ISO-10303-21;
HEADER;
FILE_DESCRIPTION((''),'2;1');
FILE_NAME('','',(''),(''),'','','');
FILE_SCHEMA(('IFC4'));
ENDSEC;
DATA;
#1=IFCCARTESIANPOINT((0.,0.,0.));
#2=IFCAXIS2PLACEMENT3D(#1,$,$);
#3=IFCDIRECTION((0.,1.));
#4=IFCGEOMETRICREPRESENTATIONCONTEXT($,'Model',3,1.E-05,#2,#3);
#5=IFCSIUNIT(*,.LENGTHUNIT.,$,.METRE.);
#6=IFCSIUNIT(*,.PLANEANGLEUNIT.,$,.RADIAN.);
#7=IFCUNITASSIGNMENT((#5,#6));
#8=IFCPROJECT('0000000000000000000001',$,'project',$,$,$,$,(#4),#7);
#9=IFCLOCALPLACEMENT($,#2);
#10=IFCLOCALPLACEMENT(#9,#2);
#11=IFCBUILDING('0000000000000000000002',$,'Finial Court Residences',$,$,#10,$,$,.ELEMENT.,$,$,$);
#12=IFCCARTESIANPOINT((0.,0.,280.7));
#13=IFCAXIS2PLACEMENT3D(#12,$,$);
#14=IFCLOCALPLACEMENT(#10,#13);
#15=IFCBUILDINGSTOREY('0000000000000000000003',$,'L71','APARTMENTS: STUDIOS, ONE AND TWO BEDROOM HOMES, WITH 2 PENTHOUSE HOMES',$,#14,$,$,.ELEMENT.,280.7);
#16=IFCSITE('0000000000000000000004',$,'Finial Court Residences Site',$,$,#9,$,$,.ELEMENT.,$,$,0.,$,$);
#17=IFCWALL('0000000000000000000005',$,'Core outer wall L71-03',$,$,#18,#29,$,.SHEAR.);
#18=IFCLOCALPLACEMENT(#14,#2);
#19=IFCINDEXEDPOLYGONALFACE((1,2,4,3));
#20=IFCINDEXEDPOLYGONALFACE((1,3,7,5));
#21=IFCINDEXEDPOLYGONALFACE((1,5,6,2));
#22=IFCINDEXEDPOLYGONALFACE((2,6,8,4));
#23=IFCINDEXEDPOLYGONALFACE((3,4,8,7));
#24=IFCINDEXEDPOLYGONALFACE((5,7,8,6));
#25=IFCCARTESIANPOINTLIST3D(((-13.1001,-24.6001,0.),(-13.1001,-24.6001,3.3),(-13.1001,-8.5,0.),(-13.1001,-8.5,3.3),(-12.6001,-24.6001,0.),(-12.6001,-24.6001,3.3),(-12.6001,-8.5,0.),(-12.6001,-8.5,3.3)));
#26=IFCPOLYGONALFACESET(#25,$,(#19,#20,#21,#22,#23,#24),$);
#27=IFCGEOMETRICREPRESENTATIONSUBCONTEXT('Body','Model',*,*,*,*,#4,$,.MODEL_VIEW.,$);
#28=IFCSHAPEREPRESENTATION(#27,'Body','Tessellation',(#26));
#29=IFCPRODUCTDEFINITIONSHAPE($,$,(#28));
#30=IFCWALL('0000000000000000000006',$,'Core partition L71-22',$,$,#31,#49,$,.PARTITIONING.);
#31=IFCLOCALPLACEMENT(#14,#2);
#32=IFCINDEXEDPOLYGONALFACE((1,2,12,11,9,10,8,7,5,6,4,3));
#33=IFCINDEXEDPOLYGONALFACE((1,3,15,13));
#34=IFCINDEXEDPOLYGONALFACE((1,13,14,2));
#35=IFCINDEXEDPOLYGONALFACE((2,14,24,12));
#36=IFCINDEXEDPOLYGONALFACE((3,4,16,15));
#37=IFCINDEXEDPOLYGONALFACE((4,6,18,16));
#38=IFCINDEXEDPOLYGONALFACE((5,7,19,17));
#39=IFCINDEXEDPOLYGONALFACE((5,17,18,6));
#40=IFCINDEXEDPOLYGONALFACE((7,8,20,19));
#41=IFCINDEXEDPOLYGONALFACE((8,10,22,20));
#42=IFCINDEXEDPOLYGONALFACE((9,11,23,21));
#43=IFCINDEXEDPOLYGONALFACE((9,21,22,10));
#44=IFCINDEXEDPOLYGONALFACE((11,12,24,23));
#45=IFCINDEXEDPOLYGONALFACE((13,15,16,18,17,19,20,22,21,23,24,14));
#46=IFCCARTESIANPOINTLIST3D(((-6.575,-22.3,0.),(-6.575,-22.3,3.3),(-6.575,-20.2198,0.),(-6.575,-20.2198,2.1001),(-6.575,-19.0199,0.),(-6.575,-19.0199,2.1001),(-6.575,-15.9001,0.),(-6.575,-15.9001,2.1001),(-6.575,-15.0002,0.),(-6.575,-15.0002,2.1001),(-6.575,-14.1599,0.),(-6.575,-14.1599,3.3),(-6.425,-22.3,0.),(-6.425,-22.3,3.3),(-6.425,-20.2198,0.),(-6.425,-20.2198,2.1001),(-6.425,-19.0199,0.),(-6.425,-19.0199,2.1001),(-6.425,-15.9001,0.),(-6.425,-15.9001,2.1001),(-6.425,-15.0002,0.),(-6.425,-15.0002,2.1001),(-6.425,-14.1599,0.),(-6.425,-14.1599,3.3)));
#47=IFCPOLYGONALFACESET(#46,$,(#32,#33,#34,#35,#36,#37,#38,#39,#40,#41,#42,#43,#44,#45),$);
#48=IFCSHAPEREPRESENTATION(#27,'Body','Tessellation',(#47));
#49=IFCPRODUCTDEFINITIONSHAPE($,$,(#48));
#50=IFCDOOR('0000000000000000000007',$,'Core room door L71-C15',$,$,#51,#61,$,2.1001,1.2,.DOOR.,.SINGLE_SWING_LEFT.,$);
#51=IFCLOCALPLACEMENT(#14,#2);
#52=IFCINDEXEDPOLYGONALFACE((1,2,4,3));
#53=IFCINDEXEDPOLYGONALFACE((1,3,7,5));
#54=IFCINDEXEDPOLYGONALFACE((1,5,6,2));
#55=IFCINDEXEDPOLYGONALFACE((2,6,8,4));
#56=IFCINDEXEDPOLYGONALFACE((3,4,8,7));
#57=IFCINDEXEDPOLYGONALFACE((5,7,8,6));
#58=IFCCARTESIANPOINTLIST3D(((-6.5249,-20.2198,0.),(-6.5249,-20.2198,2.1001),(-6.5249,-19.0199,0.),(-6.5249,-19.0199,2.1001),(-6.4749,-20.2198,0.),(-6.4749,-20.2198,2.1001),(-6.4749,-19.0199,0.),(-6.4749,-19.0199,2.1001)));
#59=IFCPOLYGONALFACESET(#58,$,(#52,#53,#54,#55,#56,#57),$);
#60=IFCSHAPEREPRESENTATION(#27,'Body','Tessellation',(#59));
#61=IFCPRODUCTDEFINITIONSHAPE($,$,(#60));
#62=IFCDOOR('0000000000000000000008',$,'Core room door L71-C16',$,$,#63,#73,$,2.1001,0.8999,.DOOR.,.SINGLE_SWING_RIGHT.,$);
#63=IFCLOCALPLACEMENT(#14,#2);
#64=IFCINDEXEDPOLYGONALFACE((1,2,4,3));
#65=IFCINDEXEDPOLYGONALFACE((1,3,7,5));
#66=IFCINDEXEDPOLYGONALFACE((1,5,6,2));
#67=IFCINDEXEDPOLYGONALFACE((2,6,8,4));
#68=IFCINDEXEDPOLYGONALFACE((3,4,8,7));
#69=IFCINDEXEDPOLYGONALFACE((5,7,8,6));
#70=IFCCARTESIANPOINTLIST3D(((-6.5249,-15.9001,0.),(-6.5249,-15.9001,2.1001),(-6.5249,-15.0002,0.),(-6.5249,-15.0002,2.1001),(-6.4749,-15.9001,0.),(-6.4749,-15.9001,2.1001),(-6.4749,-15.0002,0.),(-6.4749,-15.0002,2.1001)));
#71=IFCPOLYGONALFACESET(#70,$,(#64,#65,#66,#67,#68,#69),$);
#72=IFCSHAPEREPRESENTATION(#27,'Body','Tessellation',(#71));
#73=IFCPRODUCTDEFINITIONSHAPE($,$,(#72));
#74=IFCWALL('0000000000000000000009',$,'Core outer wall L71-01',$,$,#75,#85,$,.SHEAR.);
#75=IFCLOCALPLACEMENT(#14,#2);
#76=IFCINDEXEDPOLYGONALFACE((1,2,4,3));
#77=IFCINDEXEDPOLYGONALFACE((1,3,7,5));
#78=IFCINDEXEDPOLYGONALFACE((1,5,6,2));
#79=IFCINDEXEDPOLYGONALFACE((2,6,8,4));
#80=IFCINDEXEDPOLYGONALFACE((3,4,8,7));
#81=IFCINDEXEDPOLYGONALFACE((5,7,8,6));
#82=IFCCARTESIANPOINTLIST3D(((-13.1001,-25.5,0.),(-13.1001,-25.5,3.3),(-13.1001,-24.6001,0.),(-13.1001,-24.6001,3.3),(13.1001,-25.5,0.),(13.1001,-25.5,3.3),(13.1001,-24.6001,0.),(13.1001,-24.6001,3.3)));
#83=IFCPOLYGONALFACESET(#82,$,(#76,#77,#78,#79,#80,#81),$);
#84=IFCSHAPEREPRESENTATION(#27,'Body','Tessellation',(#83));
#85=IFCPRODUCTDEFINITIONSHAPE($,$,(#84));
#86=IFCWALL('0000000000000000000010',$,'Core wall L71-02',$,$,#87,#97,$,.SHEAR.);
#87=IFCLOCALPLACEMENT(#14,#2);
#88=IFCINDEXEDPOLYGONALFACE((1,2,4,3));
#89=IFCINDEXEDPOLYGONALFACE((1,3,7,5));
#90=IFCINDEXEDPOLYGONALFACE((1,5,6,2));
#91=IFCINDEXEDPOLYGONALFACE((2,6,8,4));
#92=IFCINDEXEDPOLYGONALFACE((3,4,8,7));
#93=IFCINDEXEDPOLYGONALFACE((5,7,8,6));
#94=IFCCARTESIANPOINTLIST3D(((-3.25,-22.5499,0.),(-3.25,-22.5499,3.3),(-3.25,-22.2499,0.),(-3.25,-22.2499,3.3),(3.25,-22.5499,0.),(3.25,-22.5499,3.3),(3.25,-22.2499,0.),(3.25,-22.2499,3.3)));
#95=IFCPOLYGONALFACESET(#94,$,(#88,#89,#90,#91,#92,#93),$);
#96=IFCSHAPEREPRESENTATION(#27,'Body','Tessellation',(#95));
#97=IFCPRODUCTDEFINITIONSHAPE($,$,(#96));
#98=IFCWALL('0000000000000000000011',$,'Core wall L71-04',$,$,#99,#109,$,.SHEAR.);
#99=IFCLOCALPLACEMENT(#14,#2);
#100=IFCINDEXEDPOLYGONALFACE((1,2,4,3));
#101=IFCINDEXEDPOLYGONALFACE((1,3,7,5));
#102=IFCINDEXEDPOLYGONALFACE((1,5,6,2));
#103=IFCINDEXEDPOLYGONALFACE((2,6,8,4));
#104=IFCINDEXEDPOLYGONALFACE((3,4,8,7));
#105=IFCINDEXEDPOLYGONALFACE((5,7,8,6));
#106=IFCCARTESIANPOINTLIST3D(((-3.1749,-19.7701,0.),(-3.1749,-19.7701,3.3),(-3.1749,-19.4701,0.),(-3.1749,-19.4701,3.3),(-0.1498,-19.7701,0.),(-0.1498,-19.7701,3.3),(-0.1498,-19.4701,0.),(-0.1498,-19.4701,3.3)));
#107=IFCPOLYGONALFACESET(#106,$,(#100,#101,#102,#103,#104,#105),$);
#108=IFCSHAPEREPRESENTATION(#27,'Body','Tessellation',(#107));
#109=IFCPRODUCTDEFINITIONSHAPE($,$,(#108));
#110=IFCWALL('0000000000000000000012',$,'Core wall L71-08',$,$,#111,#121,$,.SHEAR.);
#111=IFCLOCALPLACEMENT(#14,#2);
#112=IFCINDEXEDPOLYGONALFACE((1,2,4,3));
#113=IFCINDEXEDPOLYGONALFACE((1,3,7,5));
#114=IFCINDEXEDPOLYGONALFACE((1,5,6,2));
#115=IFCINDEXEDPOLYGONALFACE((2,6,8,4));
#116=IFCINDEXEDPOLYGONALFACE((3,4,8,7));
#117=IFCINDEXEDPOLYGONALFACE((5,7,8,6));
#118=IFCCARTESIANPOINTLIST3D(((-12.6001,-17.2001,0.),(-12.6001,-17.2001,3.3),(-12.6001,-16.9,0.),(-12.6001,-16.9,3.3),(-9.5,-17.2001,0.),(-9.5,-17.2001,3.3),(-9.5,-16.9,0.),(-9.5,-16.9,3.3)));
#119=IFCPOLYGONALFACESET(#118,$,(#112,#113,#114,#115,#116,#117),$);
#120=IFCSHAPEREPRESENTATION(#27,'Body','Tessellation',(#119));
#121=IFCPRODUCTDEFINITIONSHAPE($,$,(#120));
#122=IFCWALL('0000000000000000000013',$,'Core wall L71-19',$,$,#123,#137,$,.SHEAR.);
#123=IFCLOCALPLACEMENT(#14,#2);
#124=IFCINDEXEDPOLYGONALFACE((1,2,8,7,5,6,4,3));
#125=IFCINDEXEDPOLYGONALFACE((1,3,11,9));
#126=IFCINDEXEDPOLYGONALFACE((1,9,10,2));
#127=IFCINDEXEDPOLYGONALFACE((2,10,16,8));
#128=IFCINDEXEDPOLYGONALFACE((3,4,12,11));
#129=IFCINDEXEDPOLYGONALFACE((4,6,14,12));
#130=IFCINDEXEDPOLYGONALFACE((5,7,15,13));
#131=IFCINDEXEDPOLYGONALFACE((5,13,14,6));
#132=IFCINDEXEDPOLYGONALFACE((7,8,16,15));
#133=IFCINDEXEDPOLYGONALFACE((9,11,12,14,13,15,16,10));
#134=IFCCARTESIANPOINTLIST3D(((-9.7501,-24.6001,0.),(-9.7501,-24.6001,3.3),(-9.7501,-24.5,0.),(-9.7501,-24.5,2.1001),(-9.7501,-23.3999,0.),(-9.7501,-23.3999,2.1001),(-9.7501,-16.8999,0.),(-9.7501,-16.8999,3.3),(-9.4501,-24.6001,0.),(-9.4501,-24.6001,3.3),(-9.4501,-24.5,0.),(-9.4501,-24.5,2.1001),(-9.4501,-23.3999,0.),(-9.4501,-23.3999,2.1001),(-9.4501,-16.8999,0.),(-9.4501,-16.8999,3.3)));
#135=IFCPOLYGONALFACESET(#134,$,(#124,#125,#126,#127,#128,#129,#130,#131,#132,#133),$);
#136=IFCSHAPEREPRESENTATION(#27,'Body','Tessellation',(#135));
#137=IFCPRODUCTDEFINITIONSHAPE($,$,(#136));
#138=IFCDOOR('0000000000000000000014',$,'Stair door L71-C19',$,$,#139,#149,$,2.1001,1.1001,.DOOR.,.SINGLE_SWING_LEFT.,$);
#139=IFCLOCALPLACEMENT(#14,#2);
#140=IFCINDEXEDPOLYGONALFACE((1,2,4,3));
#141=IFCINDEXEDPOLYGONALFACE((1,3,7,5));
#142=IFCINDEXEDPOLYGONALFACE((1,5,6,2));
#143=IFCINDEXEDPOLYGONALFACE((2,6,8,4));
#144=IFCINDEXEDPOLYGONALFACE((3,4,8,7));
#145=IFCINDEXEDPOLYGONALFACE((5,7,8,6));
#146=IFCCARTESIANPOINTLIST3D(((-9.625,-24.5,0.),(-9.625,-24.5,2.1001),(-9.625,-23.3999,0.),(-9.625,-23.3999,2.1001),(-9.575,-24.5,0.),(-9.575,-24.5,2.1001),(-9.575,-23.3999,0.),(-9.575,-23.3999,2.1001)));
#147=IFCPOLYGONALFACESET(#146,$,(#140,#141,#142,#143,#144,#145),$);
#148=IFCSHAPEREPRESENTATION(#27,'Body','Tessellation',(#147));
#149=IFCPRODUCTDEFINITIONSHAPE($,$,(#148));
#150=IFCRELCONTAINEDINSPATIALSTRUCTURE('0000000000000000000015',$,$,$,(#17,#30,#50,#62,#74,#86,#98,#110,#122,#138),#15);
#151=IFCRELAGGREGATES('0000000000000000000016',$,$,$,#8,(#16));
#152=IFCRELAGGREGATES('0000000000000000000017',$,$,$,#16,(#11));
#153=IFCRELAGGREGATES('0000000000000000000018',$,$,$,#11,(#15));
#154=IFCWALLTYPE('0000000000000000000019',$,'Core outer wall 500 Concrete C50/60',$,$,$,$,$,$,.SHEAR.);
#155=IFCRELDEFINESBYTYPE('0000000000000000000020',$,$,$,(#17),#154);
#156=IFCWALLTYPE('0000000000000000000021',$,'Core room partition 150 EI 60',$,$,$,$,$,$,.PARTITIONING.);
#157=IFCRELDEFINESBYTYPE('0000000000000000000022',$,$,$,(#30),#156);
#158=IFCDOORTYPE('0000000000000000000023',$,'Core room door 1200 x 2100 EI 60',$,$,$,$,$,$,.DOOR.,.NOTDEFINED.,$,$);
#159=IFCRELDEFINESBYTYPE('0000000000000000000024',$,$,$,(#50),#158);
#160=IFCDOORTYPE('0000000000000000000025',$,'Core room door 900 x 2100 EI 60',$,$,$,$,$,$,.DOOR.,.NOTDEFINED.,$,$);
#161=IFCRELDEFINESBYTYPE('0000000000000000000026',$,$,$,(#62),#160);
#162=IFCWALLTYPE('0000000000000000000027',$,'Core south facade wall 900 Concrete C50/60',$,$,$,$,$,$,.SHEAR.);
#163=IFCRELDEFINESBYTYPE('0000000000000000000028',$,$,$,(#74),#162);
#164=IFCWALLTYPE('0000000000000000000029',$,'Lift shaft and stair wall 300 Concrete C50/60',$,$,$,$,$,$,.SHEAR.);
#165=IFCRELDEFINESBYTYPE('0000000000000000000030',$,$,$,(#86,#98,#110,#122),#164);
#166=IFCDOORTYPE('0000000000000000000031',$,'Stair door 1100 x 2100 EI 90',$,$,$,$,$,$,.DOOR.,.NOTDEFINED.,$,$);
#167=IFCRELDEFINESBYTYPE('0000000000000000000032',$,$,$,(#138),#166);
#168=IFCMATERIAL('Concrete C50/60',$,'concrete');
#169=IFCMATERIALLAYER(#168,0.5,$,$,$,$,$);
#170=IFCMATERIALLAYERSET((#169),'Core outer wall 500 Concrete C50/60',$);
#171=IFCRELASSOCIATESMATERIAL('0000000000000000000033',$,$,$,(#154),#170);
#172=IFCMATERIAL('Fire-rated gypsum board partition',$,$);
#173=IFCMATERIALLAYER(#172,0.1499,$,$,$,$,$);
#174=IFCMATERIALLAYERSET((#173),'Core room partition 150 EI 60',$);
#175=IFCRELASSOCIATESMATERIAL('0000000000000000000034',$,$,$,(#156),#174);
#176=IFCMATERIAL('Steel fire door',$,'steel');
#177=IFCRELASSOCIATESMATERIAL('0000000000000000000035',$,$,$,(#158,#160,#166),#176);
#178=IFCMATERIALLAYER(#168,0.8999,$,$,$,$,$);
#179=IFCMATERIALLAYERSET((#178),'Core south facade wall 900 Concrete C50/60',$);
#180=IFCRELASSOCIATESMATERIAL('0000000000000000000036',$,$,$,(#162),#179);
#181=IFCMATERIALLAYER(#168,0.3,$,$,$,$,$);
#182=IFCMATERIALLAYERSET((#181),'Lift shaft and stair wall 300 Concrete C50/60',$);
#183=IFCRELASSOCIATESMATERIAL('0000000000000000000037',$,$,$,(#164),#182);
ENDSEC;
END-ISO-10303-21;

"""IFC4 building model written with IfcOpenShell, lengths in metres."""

from ifc_helpers import new_model, si_unit, direction, frame, frame_2d, origin, place, context, subcontext, project, spatial, rectangle, extrude, material, layer, layer_set, type_object, element, fill, save


model = new_model("IFC4")

# Units and contexts
model_context = context("Model", 3, precision=1e-05, world=origin(), true_north=direction((0.0, 1.0)))
body_context = subcontext(model_context, "Body", "Model", "MODEL_VIEW")
ifc_project = project(units=[si_unit("LENGTHUNIT", "METRE"), si_unit("PLANEANGLEUNIT", "RADIAN")], contexts=[model_context])

# Site, building, storey
site_placement = place(None, origin())
site = spatial("IfcSite", under=ifc_project, at=site_placement, Name="Finial Court Residences Site", CompositionType="ELEMENT", RefElevation=0.0)
building_placement = place(site_placement, origin())
building = spatial("IfcBuilding", under=site, at=building_placement, Name="Finial Court Residences", CompositionType="ELEMENT")
storey_placement = place(building_placement, frame((0.0, 0.0, 280.7)))
storey = spatial("IfcBuildingStorey", under=building, at=storey_placement, Name="L71", Description="APARTMENTS: STUDIOS, ONE AND TWO BEDROOM HOMES, WITH 2 PENTHOUSE HOMES", CompositionType="ELEMENT", Elevation=280.7)

# Wall
ifc_material_1 = material(Name="Concrete C50/60", Category="concrete")
ifc_layer_1 = layer(ifc_material_1, 0.5)
ifc_layer_set_1 = layer_set([ifc_layer_1], Name="Core outer wall 500 Concrete C50/60")
wall_type_1 = type_object("IfcWallType", Name="Core outer wall 500 Concrete C50/60", PredefinedType="SHEAR", material=ifc_layer_set_1)
wall_1_placement = place(storey_placement, frame((-12.8501, -24.6001, 0.0), z_axis=(0.0, 0.0, 1.0), x_axis=(0.0, 1.0, 0.0)))
element("IfcWall", 1, at=wall_1_placement, inside=storey, type_object=wall_type_1, Name="Core outer wall L71-03", PredefinedType="SHEAR", context=body_context, shape_type="SweptSolid", body=[
    extrude(rectangle(XDim=16.1001, YDim=0.5, at=frame_2d((8.05, 0.0))), origin(), (0.0, 0.0, 1.0), 3.3),
])

# Wall, openings, doors
ifc_material_2 = material(Name="Fire-rated gypsum board partition")
ifc_layer_2 = layer(ifc_material_2, 0.1499)
ifc_layer_set_2 = layer_set([ifc_layer_2], Name="Core room partition 150 EI 60")
wall_type_2 = type_object("IfcWallType", Name="Core room partition 150 EI 60", PredefinedType="PARTITIONING", material=ifc_layer_set_2)
wall_2_placement = place(storey_placement, frame((-6.5, -22.3, 0.0), z_axis=(0.0, 0.0, 1.0), x_axis=(0.0, 1.0, 0.0)))
wall_2 = element("IfcWall", 2, at=wall_2_placement, inside=storey, type_object=wall_type_2, Name="Core partition L71-22", PredefinedType="PARTITIONING", context=body_context, shape_type="SweptSolid", body=[
    extrude(rectangle(XDim=8.1401, YDim=0.1499, at=frame_2d((4.0701, 0.0))), origin(), (0.0, 0.0, 1.0), 3.3),
])
opening_1_placement = place(wall_2_placement, frame((2.0801, 0.0, 0.0)))
opening_1 = element("IfcOpeningElement", 3, at=opening_1_placement, cuts=wall_2, PredefinedType="OPENING", context=body_context, shape_type="SweptSolid", body=[
    extrude(rectangle(XDim=1.2, YDim=2.1001, at=frame_2d((0.6001, 1.05))), frame((0.0, 0.085, 0.0), z_axis=(0.0, -1.0, 0.0), x_axis=(1.0, 0.0, 0.0)), (0.0, 0.0, 1.0), 0.1699),
])
opening_2_placement = place(wall_2_placement, frame((6.3999, 0.0, 0.0)))
opening_2 = element("IfcOpeningElement", 4, at=opening_2_placement, cuts=wall_2, PredefinedType="OPENING", context=body_context, shape_type="SweptSolid", body=[
    extrude(rectangle(XDim=0.8999, YDim=2.1001, at=frame_2d((0.45, 1.05))), frame((0.0, 0.085, 0.0), z_axis=(0.0, -1.0, 0.0), x_axis=(1.0, 0.0, 0.0)), (0.0, 0.0, 1.0), 0.1699),
])
ifc_material_3 = material(Name="Steel fire door", Category="steel")
door_type_1 = type_object("IfcDoorType", Name="Core room door 1200 x 2100 EI 60", OperationType="NOTDEFINED", PredefinedType="DOOR", material=ifc_material_3)
door_1_placement = place(opening_1_placement, origin())
door_1 = element("IfcDoor", 5, at=door_1_placement, inside=storey, type_object=door_type_1, Name="Core room door L71-C15", OperationType="SINGLE_SWING_LEFT", OverallHeight=2.1001, OverallWidth=1.2, PredefinedType="DOOR", context=body_context, shape_type="SweptSolid", body=[
    extrude(rectangle(XDim=1.2, YDim=2.1001, at=frame_2d((0.6001, 1.05))), frame((0.0, 0.0249, 0.0), z_axis=(0.0, -1.0, 0.0), x_axis=(1.0, 0.0, 0.0)), (0.0, 0.0, 1.0), 0.05),
])
fill(opening_1, door_1)
door_type_2 = type_object("IfcDoorType", Name="Core room door 900 x 2100 EI 60", OperationType="NOTDEFINED", PredefinedType="DOOR", material=ifc_material_3)
door_2_placement = place(opening_2_placement, origin())
door_2 = element("IfcDoor", 6, at=door_2_placement, inside=storey, type_object=door_type_2, Name="Core room door L71-C16", OperationType="SINGLE_SWING_RIGHT", OverallHeight=2.1001, OverallWidth=0.8999, PredefinedType="DOOR", context=body_context, shape_type="SweptSolid", body=[
    extrude(rectangle(XDim=0.8999, YDim=2.1001, at=frame_2d((0.45, 1.05))), frame((0.0, 0.0249, 0.0), z_axis=(0.0, -1.0, 0.0), x_axis=(1.0, 0.0, 0.0)), (0.0, 0.0, 1.0), 0.05),
])
fill(opening_2, door_2)

# Walls
ifc_layer_3 = layer(ifc_material_1, 0.8999)
ifc_layer_set_3 = layer_set([ifc_layer_3], Name="Core south facade wall 900 Concrete C50/60")
wall_type_3 = type_object("IfcWallType", Name="Core south facade wall 900 Concrete C50/60", PredefinedType="SHEAR", material=ifc_layer_set_3)
wall_3_placement = place(storey_placement, frame((-13.1001, -25.05, 0.0), z_axis=(0.0, 0.0, 1.0), x_axis=(1.0, 0.0, 0.0)))
element("IfcWall", 7, at=wall_3_placement, inside=storey, type_object=wall_type_3, Name="Core outer wall L71-01", PredefinedType="SHEAR", context=body_context, shape_type="SweptSolid", body=[
    extrude(rectangle(XDim=26.2002, YDim=0.8999, at=frame_2d((13.1001, 0.0))), origin(), (0.0, 0.0, 1.0), 3.3),
])
ifc_layer_4 = layer(ifc_material_1, 0.3)
ifc_layer_set_4 = layer_set([ifc_layer_4], Name="Lift shaft and stair wall 300 Concrete C50/60")
wall_type_4 = type_object("IfcWallType", Name="Lift shaft and stair wall 300 Concrete C50/60", PredefinedType="SHEAR", material=ifc_layer_set_4)
wall_4_placement = place(storey_placement, frame((-3.25, -22.3999, 0.0), z_axis=(0.0, 0.0, 1.0), x_axis=(1.0, 0.0, 0.0)))
element("IfcWall", 8, at=wall_4_placement, inside=storey, type_object=wall_type_4, Name="Core wall L71-02", PredefinedType="SHEAR", context=body_context, shape_type="SweptSolid", body=[
    extrude(rectangle(XDim=6.5, YDim=0.3, at=frame_2d((3.25, 0.0))), origin(), (0.0, 0.0, 1.0), 3.3),
])
wall_5_placement = place(storey_placement, frame((-3.175, -19.6201, 0.0), z_axis=(0.0, 0.0, 1.0), x_axis=(1.0, 0.0, 0.0)))
element("IfcWall", 9, at=wall_5_placement, inside=storey, type_object=wall_type_4, Name="Core wall L71-04", PredefinedType="SHEAR", context=body_context, shape_type="SweptSolid", body=[
    extrude(rectangle(XDim=3.0251, YDim=0.3, at=frame_2d((1.5127, 0.0))), origin(), (0.0, 0.0, 1.0), 3.3),
])
wall_6_placement = place(storey_placement, frame((-12.6001, -17.05, 0.0), z_axis=(0.0, 0.0, 1.0), x_axis=(1.0, 0.0, 0.0)))
element("IfcWall", 10, at=wall_6_placement, inside=storey, type_object=wall_type_4, Name="Core wall L71-08", PredefinedType="SHEAR", context=body_context, shape_type="SweptSolid", body=[
    extrude(rectangle(XDim=3.1001, YDim=0.3, at=frame_2d((1.55, 0.0))), origin(), (0.0, 0.0, 1.0), 3.3),
])

# Wall, opening, door
wall_7_placement = place(storey_placement, frame((-9.6001, -24.6001, 0.0), z_axis=(0.0, 0.0, 1.0), x_axis=(0.0, 1.0, 0.0)))
wall_7 = element("IfcWall", 11, at=wall_7_placement, inside=storey, type_object=wall_type_4, Name="Core wall L71-19", PredefinedType="SHEAR", context=body_context, shape_type="SweptSolid", body=[
    extrude(rectangle(XDim=7.7002, YDim=0.3, at=frame_2d((3.8501, 0.0))), origin(), (0.0, 0.0, 1.0), 3.3),
])
opening_3_placement = place(wall_7_placement, frame((0.1001, 0.0, 0.0)))
opening_3 = element("IfcOpeningElement", 12, at=opening_3_placement, cuts=wall_7, PredefinedType="OPENING", context=body_context, shape_type="SweptSolid", body=[
    extrude(rectangle(XDim=1.1001, YDim=2.1001, at=frame_2d((0.55, 1.05))), frame((0.0, 0.1599, 0.0), z_axis=(0.0, -1.0, 0.0), x_axis=(1.0, 0.0, 0.0)), (0.0, 0.0, 1.0), 0.3201),
])
door_type_3 = type_object("IfcDoorType", Name="Stair door 1100 x 2100 EI 90", OperationType="NOTDEFINED", PredefinedType="DOOR", material=ifc_material_3)
door_3_placement = place(opening_3_placement, origin())
door_3 = element("IfcDoor", 13, at=door_3_placement, inside=storey, type_object=door_type_3, Name="Stair door L71-C19", OperationType="SINGLE_SWING_LEFT", OverallHeight=2.1001, OverallWidth=1.1001, PredefinedType="DOOR", context=body_context, shape_type="SweptSolid", body=[
    extrude(rectangle(XDim=1.1001, YDim=2.1001, at=frame_2d((0.55, 1.05))), frame((0.0, 0.0249, 0.0), z_axis=(0.0, -1.0, 0.0), x_axis=(1.0, 0.0, 0.0)), (0.0, 0.0, 1.0), 0.05),
])
fill(opening_3, door_3)

save(model, "model.ifc")
